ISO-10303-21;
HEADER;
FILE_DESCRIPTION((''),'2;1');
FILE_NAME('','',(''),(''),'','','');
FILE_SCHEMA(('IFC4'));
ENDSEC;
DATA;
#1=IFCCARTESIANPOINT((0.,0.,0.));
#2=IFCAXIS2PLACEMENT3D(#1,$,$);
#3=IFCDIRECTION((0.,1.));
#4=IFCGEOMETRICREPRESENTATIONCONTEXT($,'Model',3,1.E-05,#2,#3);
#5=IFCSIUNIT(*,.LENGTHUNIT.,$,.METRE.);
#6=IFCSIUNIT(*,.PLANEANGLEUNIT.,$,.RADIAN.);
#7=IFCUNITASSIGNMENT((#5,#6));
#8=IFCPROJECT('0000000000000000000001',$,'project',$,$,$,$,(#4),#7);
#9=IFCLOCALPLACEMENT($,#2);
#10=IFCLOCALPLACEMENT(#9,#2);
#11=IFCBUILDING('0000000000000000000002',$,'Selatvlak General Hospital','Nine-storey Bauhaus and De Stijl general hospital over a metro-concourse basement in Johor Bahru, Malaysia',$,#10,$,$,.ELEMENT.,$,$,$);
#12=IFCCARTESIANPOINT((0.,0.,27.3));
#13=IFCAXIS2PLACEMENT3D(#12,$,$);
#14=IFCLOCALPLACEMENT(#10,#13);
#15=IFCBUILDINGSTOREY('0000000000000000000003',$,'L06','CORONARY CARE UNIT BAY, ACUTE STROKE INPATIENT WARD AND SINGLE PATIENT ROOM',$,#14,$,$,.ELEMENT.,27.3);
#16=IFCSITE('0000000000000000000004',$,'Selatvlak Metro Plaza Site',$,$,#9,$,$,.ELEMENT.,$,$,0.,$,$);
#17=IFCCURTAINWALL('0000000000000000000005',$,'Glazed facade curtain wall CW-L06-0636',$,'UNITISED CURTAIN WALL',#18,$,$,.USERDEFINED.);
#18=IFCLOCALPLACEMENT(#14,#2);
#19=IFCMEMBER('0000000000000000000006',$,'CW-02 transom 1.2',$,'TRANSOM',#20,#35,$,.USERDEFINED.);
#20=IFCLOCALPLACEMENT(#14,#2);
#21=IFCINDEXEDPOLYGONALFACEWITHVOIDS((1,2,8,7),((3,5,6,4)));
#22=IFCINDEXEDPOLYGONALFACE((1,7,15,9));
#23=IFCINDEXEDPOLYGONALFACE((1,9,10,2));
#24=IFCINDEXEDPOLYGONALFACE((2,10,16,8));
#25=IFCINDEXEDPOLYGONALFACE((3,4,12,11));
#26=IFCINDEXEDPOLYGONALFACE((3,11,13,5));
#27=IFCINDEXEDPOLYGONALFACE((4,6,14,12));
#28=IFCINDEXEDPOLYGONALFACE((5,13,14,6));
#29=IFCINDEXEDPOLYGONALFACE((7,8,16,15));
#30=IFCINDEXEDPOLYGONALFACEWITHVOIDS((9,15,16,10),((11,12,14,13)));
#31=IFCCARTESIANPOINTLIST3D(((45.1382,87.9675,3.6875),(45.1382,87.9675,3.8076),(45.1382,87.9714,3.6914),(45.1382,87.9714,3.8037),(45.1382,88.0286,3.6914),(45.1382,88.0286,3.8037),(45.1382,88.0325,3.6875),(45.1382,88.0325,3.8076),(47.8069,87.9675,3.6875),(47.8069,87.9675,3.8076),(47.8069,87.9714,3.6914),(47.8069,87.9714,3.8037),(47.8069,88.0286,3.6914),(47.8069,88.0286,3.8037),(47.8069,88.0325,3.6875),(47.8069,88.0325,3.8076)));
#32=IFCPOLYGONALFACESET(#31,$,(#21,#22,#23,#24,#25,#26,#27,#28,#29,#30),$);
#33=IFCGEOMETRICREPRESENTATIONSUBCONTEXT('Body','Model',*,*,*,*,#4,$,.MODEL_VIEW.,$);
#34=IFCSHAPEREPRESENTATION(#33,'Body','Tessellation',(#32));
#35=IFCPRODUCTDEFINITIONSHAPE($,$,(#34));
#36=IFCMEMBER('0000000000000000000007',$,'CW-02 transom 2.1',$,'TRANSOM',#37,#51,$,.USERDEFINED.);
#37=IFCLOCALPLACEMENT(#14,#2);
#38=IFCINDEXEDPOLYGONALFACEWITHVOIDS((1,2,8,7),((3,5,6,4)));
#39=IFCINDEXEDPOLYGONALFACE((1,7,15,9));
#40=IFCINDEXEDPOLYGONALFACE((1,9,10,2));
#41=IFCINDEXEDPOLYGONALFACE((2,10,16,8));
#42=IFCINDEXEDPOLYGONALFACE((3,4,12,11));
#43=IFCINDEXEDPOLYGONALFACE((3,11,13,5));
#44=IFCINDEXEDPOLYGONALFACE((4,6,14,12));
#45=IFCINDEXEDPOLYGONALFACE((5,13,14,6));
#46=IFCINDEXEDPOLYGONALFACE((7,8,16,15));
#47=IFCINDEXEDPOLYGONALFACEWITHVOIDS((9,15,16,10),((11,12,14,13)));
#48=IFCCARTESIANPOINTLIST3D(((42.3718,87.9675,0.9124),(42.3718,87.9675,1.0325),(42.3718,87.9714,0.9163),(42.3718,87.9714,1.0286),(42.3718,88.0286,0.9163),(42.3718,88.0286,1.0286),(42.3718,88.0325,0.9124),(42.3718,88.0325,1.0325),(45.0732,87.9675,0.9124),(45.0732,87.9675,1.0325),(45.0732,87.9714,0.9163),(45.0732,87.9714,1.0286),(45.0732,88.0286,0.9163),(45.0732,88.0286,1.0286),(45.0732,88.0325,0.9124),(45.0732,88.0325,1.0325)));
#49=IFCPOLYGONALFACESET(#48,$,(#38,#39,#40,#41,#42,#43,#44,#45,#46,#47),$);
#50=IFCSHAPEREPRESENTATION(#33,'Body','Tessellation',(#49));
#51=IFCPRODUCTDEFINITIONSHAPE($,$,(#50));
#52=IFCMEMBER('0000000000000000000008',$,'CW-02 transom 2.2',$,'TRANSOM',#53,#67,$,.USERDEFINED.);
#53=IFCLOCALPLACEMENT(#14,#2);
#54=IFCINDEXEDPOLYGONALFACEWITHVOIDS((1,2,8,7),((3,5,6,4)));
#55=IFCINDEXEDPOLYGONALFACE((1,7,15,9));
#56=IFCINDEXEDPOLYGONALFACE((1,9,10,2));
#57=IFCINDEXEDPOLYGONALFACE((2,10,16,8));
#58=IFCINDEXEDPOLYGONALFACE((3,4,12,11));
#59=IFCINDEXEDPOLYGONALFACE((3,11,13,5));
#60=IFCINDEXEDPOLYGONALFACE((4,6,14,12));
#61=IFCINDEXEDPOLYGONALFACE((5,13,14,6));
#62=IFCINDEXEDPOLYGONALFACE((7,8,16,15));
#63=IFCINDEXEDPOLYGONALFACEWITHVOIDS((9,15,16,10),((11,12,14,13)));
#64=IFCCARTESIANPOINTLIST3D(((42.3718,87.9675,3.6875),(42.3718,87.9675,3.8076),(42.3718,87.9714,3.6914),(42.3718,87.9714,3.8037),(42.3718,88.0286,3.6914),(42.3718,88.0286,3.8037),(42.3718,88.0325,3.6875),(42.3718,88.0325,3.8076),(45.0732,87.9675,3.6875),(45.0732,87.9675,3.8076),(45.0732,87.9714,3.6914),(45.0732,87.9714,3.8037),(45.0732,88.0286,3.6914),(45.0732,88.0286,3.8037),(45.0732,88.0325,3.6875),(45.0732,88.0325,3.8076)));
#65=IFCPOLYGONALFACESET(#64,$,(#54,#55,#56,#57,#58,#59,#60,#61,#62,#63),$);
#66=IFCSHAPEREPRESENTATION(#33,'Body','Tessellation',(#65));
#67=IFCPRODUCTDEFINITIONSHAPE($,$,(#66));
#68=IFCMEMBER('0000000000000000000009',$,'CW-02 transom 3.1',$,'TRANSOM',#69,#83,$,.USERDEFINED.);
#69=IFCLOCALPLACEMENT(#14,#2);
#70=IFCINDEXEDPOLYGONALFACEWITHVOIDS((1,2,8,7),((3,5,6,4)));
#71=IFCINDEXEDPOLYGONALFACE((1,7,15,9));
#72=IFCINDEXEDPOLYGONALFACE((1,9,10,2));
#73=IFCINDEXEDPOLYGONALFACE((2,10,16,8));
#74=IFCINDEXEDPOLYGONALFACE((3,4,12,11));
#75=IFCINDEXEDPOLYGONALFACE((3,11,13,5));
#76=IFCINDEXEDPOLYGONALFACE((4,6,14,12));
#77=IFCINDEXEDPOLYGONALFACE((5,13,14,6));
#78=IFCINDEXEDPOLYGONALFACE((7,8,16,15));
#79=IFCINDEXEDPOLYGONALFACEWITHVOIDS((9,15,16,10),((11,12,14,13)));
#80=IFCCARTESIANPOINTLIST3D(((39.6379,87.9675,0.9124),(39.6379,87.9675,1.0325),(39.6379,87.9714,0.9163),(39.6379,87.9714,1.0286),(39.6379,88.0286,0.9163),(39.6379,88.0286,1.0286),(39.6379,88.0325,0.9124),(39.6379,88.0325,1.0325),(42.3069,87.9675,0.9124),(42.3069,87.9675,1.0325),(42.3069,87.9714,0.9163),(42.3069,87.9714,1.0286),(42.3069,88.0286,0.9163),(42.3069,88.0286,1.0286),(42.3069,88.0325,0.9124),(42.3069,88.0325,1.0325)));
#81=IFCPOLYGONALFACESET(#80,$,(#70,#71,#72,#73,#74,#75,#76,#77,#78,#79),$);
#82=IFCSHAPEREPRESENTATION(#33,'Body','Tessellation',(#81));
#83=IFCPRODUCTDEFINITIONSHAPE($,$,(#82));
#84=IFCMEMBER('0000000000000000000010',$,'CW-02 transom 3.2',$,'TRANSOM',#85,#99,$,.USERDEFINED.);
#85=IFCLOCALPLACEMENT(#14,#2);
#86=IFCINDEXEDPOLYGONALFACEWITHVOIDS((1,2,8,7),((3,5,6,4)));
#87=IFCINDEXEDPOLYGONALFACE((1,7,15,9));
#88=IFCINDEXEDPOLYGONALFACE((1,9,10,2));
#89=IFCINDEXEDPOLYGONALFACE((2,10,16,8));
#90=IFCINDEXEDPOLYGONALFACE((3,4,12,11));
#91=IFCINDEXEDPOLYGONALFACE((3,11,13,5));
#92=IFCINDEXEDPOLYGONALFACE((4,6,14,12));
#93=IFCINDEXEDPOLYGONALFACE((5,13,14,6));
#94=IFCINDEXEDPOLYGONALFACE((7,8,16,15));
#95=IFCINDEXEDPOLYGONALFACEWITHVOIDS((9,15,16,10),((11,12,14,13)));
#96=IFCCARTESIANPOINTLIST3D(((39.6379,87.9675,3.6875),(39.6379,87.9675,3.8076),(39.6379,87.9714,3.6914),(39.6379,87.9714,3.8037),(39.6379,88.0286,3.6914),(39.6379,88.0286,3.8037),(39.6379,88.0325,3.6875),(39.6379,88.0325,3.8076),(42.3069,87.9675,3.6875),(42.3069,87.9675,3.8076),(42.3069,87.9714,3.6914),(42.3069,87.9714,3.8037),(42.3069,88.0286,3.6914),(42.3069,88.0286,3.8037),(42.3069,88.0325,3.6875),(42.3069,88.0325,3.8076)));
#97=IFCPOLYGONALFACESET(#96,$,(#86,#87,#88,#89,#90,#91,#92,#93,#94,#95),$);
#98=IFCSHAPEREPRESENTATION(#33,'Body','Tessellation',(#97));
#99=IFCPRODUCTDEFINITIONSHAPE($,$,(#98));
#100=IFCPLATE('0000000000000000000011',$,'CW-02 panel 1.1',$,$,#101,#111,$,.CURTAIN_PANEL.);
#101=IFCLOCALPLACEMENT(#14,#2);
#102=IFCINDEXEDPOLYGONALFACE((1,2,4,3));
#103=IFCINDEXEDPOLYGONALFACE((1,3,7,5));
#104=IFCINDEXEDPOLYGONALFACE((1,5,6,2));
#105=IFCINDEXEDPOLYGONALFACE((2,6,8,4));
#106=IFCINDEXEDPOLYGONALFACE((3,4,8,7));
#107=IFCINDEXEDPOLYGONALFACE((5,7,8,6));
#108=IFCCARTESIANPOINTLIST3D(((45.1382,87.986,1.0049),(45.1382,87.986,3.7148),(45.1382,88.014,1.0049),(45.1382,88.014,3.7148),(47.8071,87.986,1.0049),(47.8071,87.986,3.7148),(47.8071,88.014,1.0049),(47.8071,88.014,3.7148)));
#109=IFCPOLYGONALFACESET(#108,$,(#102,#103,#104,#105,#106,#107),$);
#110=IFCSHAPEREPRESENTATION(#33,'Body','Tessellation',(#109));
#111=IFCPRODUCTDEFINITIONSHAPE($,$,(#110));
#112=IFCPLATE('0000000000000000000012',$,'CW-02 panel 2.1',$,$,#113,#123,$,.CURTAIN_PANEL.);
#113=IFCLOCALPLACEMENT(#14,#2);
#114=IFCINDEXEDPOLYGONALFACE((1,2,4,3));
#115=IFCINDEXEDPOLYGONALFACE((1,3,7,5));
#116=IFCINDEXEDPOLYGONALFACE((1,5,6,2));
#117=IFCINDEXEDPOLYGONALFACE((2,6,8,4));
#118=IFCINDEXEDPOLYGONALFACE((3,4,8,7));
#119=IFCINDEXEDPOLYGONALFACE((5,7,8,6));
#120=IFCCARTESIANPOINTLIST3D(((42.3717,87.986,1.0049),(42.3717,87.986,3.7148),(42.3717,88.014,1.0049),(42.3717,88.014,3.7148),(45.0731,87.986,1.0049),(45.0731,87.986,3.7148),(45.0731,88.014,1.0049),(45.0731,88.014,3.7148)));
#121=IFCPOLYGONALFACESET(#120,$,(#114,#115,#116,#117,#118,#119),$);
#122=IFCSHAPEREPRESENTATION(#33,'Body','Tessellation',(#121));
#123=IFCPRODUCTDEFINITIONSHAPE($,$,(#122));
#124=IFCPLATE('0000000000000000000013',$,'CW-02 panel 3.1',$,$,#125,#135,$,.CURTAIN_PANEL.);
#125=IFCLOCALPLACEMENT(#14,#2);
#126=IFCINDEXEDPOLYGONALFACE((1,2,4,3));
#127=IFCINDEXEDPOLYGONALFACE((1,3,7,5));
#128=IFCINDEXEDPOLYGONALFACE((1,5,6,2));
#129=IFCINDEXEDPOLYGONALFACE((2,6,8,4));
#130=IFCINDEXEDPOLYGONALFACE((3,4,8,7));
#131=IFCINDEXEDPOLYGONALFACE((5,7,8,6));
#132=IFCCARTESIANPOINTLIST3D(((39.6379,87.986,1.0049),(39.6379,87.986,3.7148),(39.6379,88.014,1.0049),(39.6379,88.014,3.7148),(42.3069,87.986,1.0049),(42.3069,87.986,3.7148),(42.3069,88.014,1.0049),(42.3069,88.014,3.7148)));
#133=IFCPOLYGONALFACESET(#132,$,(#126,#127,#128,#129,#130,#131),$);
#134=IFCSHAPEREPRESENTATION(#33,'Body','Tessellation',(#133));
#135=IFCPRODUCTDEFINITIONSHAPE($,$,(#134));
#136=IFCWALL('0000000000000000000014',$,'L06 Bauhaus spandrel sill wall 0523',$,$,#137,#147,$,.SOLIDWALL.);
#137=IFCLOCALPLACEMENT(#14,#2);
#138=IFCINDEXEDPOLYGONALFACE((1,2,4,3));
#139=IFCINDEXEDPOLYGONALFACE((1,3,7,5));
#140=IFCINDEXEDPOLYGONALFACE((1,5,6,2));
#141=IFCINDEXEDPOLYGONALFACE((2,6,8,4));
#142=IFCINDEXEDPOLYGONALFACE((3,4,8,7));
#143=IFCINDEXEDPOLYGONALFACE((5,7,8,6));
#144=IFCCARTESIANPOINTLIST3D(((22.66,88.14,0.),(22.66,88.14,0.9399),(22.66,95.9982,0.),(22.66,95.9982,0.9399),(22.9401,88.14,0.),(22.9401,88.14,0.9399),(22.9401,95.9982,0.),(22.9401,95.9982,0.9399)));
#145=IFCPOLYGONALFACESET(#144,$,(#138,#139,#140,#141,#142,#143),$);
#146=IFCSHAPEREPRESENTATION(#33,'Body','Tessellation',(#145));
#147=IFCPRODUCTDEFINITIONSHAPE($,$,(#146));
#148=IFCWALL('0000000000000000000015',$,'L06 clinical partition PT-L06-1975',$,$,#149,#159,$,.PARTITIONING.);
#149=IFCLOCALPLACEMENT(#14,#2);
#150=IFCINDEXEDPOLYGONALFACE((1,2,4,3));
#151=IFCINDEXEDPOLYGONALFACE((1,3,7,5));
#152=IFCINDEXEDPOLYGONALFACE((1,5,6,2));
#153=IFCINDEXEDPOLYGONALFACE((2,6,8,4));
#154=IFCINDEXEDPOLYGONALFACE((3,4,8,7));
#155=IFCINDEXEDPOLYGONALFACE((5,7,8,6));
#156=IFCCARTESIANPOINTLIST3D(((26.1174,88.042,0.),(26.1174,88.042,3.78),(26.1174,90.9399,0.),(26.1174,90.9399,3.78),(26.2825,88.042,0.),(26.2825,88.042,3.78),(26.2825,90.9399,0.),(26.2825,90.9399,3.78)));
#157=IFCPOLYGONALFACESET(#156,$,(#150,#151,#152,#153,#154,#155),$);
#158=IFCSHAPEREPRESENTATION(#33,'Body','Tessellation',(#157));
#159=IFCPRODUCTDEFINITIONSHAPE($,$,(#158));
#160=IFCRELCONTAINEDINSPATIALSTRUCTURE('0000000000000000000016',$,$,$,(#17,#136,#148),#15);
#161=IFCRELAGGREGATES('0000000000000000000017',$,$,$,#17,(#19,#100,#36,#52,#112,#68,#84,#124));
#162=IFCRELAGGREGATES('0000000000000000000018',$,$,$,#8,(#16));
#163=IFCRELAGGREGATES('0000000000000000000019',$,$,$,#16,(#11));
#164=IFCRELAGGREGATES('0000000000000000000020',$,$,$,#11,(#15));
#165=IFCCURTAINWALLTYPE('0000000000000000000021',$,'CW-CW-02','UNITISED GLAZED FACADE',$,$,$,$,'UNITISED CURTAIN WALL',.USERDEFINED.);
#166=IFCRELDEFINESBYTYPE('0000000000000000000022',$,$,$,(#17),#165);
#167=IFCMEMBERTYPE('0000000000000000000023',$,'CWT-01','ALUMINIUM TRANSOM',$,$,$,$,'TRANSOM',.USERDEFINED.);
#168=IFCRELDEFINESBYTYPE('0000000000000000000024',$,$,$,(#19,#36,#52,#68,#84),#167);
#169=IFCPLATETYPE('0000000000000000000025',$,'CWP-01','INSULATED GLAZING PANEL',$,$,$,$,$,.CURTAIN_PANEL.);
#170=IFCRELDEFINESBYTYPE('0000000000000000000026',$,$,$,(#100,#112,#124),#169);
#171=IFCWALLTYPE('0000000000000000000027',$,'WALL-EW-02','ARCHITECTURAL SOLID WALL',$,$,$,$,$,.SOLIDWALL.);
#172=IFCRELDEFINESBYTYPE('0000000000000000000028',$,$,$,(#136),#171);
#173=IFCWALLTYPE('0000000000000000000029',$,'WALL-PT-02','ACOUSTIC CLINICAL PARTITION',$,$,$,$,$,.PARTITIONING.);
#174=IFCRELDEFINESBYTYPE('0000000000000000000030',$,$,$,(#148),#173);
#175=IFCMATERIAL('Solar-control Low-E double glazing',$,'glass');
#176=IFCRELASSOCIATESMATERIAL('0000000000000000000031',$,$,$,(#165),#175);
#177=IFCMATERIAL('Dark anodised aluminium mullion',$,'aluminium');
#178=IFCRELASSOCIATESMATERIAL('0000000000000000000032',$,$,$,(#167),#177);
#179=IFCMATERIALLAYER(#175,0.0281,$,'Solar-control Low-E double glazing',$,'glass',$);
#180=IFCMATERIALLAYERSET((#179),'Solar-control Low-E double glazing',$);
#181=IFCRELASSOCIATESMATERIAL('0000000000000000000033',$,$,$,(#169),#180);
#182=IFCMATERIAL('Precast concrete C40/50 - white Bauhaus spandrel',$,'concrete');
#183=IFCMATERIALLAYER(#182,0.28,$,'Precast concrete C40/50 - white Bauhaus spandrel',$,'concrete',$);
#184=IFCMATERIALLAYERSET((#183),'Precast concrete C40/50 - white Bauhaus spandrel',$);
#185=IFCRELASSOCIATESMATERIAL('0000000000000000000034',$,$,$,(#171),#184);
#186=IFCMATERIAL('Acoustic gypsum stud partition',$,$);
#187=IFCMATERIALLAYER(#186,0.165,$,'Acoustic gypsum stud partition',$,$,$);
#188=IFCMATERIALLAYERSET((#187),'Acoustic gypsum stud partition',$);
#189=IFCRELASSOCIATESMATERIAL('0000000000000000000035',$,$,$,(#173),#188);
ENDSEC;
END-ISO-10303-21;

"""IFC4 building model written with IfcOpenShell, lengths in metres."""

from ifc_helpers import new_model, si_unit, direction, frame, frame_2d, origin, origin_2d, place, context, subcontext, project, spatial, rectangle, hollow_rectangle, extrude, material, layer, layer_set, material_profile, profile_set, type_object, element, aggregate, save


model = new_model("IFC4")

# Units and contexts
model_context = context("Model", 3, precision=1e-05, world=origin(), true_north=direction((0.0, 1.0)))
body_context = subcontext(model_context, "Body", "Model", "MODEL_VIEW")
ifc_project = project(units=[si_unit("LENGTHUNIT", "METRE"), si_unit("PLANEANGLEUNIT", "RADIAN")], contexts=[model_context])

# Site, building, storey
site_placement = place(None, origin())
site = spatial("IfcSite", under=ifc_project, at=site_placement, Name="Selatvlak Metro Plaza Site", CompositionType="ELEMENT", RefElevation=0.0)
building_placement = place(site_placement, origin())
building = spatial("IfcBuilding", under=site, at=building_placement, Name="Selatvlak General Hospital", Description="Nine-storey Bauhaus and De Stijl general hospital over a metro-concourse basement in Johor Bahru, Malaysia", CompositionType="ELEMENT")
storey_placement = place(building_placement, frame((0.0, 0.0, 27.3)))
storey = spatial("IfcBuildingStorey", under=building, at=storey_placement, Name="L06", Description="CORONARY CARE UNIT BAY, ACUTE STROKE INPATIENT WARD AND SINGLE PATIENT ROOM", CompositionType="ELEMENT", Elevation=27.3)

# Shared definitions
ifc_material_1 = material(Name="Solar-control Low-E double glazing", Category="glass")
curtain_wall_type = type_object("IfcCurtainWallType", Name="CW-CW-02", Description="UNITISED GLAZED FACADE", ElementType="UNITISED CURTAIN WALL", PredefinedType="USERDEFINED", material=ifc_material_1)
ifc_material_2 = material(Name="Dark anodised aluminium mullion", Category="aluminium")

# Curtain wall
curtain_wall_1_placement = place(storey_placement, origin())
curtain_wall_1 = element("IfcCurtainWall", 1, at=curtain_wall_1_placement, inside=storey, type_object=curtain_wall_type, Name="Glazed facade curtain wall CW-L06-0636", ObjectType="UNITISED CURTAIN WALL", PredefinedType="USERDEFINED")

# Members
ifc_material_profile_1 = material_profile(ifc_material_2, hollow_rectangle(XDim=0.0649, YDim=0.1201, WallThickness=0.0039, at=origin_2d()), Name="AL-TRN 65x120x4")
ifc_profile_set_1 = profile_set([ifc_material_profile_1], Name="Dark anodised aluminium mullion")
member_type_1 = type_object("IfcMemberType", Name="CWT-01", Description="ALUMINIUM TRANSOM", ElementType="TRANSOM", PredefinedType="USERDEFINED", material=ifc_profile_set_1)
member_1_placement = place(storey_placement, frame((47.8069, 88.0, 3.7476), z_axis=(-1.0, 0.0, 0.0), x_axis=(0.0, -1.0, 0.0)))
member_1 = element("IfcMember", 2, at=member_1_placement, type_object=member_type_1, Name="CW-02 transom 1.2", ObjectType="TRANSOM", PredefinedType="USERDEFINED", context=body_context, shape_type="SweptSolid", body=[
    extrude(hollow_rectangle(XDim=0.0649, YDim=0.1201, WallThickness=0.0039, at=origin_2d()), origin(), (0.0, 0.0, 1.0), 2.6687),
])
member_2_placement = place(storey_placement, frame((45.0732, 88.0, 0.9724), z_axis=(-1.0, 0.0, 0.0), x_axis=(0.0, -1.0, 0.0)))
member_2 = element("IfcMember", 3, at=member_2_placement, type_object=member_type_1, Name="CW-02 transom 2.1", ObjectType="TRANSOM", PredefinedType="USERDEFINED", context=body_context, shape_type="SweptSolid", body=[
    extrude(hollow_rectangle(XDim=0.0649, YDim=0.1201, WallThickness=0.0039, at=origin_2d()), origin(), (0.0, 0.0, 1.0), 2.7014),
])
member_3_placement = place(storey_placement, frame((45.0732, 88.0, 3.7476), z_axis=(-1.0, 0.0, 0.0), x_axis=(0.0, -1.0, 0.0)))
member_3 = element("IfcMember", 4, at=member_3_placement, type_object=member_type_1, Name="CW-02 transom 2.2", ObjectType="TRANSOM", PredefinedType="USERDEFINED", context=body_context, shape_type="SweptSolid", body=[
    extrude(hollow_rectangle(XDim=0.0649, YDim=0.1201, WallThickness=0.0039, at=origin_2d()), origin(), (0.0, 0.0, 1.0), 2.7014),
])
member_4_placement = place(storey_placement, frame((42.3069, 88.0, 0.9724), z_axis=(-1.0, 0.0, 0.0), x_axis=(0.0, -1.0, 0.0)))
member_4 = element("IfcMember", 5, at=member_4_placement, type_object=member_type_1, Name="CW-02 transom 3.1", ObjectType="TRANSOM", PredefinedType="USERDEFINED", context=body_context, shape_type="SweptSolid", body=[
    extrude(hollow_rectangle(XDim=0.0649, YDim=0.1201, WallThickness=0.0039, at=origin_2d()), origin(), (0.0, 0.0, 1.0), 2.6689),
])
member_5_placement = place(storey_placement, frame((42.3069, 88.0, 3.7476), z_axis=(-1.0, 0.0, 0.0), x_axis=(0.0, -1.0, 0.0)))
member_5 = element("IfcMember", 6, at=member_5_placement, type_object=member_type_1, Name="CW-02 transom 3.2", ObjectType="TRANSOM", PredefinedType="USERDEFINED", context=body_context, shape_type="SweptSolid", body=[
    extrude(hollow_rectangle(XDim=0.0649, YDim=0.1201, WallThickness=0.0039, at=origin_2d()), origin(), (0.0, 0.0, 1.0), 2.6689),
])

# Plates
ifc_layer_1 = layer(ifc_material_1, 0.0281, Name="Solar-control Low-E double glazing", Category="glass")
ifc_layer_set_1 = layer_set([ifc_layer_1], Name="Solar-control Low-E double glazing")
plate_type = type_object("IfcPlateType", Name="CWP-01", Description="INSULATED GLAZING PANEL", PredefinedType="CURTAIN_PANEL", material=ifc_layer_set_1)
plate_1_placement = place(storey_placement, frame((46.4727, 88.0, 1.0049), z_axis=(0.0, 0.0, 1.0), x_axis=(-1.0, 0.0, 0.0)))
plate_1 = element("IfcPlate", 7, at=plate_1_placement, type_object=plate_type, Name="CW-02 panel 1.1", PredefinedType="CURTAIN_PANEL", context=body_context, shape_type="SweptSolid", body=[
    extrude(rectangle(XDim=2.6689, YDim=0.0281, at=origin_2d()), origin(), (0.0, 0.0, 1.0), 2.71),
])
plate_2_placement = place(storey_placement, frame((43.7224, 88.0, 1.0049), z_axis=(0.0, 0.0, 1.0), x_axis=(-1.0, 0.0, 0.0)))
plate_2 = element("IfcPlate", 8, at=plate_2_placement, type_object=plate_type, Name="CW-02 panel 2.1", PredefinedType="CURTAIN_PANEL", context=body_context, shape_type="SweptSolid", body=[
    extrude(rectangle(XDim=2.7014, YDim=0.0281, at=origin_2d()), origin(), (0.0, 0.0, 1.0), 2.71),
])
plate_3_placement = place(storey_placement, frame((40.9724, 88.0, 1.0049), z_axis=(0.0, 0.0, 1.0), x_axis=(-1.0, 0.0, 0.0)))
plate_3 = element("IfcPlate", 9, at=plate_3_placement, type_object=plate_type, Name="CW-02 panel 3.1", PredefinedType="CURTAIN_PANEL", context=body_context, shape_type="SweptSolid", body=[
    extrude(rectangle(XDim=2.6689, YDim=0.0281, at=origin_2d()), origin(), (0.0, 0.0, 1.0), 2.71),
])
aggregate(curtain_wall_1, [member_1, plate_1, member_2, member_3, plate_2, member_4, member_5, plate_3])

# Walls
ifc_material_3 = material(Name="Precast concrete C40/50 - white Bauhaus spandrel", Category="concrete")
ifc_layer_2 = layer(ifc_material_3, 0.28, Name="Precast concrete C40/50 - white Bauhaus spandrel", Category="concrete")
ifc_layer_set_2 = layer_set([ifc_layer_2], Name="Precast concrete C40/50 - white Bauhaus spandrel")
wall_type_1 = type_object("IfcWallType", Name="WALL-EW-02", Description="ARCHITECTURAL SOLID WALL", PredefinedType="SOLIDWALL", material=ifc_layer_set_2)
wall_1_placement = place(storey_placement, frame((22.8, 88.1399, 0.0), z_axis=(0.0, 0.0, 1.0), x_axis=(0.0, 1.0, 0.0)))
element("IfcWall", 10, at=wall_1_placement, inside=storey, type_object=wall_type_1, Name="L06 Bauhaus spandrel sill wall 0523", PredefinedType="SOLIDWALL", context=body_context, shape_type="SweptSolid", body=[
    extrude(rectangle(XDim=7.8582, YDim=0.28, at=frame_2d((3.9292, 0.0))), origin(), (0.0, 0.0, 1.0), 0.9399),
])
ifc_material_4 = material(Name="Acoustic gypsum stud partition")
ifc_layer_3 = layer(ifc_material_4, 0.165, Name="Acoustic gypsum stud partition")
ifc_layer_set_3 = layer_set([ifc_layer_3], Name="Acoustic gypsum stud partition")
wall_type_2 = type_object("IfcWallType", Name="WALL-PT-02", Description="ACOUSTIC CLINICAL PARTITION", PredefinedType="PARTITIONING", material=ifc_layer_set_3)
wall_2_placement = place(storey_placement, frame((26.2, 88.042, 0.0), z_axis=(0.0, 0.0, 1.0), x_axis=(0.0, 1.0, 0.0)))
element("IfcWall", 11, at=wall_2_placement, inside=storey, type_object=wall_type_2, Name="L06 clinical partition PT-L06-1975", PredefinedType="PARTITIONING", context=body_context, shape_type="SweptSolid", body=[
    extrude(rectangle(XDim=2.8979, YDim=0.165, at=frame_2d((1.449, 0.0))), origin(), (0.0, 0.0, 1.0), 3.78),
])

save(model, "model.ifc")
